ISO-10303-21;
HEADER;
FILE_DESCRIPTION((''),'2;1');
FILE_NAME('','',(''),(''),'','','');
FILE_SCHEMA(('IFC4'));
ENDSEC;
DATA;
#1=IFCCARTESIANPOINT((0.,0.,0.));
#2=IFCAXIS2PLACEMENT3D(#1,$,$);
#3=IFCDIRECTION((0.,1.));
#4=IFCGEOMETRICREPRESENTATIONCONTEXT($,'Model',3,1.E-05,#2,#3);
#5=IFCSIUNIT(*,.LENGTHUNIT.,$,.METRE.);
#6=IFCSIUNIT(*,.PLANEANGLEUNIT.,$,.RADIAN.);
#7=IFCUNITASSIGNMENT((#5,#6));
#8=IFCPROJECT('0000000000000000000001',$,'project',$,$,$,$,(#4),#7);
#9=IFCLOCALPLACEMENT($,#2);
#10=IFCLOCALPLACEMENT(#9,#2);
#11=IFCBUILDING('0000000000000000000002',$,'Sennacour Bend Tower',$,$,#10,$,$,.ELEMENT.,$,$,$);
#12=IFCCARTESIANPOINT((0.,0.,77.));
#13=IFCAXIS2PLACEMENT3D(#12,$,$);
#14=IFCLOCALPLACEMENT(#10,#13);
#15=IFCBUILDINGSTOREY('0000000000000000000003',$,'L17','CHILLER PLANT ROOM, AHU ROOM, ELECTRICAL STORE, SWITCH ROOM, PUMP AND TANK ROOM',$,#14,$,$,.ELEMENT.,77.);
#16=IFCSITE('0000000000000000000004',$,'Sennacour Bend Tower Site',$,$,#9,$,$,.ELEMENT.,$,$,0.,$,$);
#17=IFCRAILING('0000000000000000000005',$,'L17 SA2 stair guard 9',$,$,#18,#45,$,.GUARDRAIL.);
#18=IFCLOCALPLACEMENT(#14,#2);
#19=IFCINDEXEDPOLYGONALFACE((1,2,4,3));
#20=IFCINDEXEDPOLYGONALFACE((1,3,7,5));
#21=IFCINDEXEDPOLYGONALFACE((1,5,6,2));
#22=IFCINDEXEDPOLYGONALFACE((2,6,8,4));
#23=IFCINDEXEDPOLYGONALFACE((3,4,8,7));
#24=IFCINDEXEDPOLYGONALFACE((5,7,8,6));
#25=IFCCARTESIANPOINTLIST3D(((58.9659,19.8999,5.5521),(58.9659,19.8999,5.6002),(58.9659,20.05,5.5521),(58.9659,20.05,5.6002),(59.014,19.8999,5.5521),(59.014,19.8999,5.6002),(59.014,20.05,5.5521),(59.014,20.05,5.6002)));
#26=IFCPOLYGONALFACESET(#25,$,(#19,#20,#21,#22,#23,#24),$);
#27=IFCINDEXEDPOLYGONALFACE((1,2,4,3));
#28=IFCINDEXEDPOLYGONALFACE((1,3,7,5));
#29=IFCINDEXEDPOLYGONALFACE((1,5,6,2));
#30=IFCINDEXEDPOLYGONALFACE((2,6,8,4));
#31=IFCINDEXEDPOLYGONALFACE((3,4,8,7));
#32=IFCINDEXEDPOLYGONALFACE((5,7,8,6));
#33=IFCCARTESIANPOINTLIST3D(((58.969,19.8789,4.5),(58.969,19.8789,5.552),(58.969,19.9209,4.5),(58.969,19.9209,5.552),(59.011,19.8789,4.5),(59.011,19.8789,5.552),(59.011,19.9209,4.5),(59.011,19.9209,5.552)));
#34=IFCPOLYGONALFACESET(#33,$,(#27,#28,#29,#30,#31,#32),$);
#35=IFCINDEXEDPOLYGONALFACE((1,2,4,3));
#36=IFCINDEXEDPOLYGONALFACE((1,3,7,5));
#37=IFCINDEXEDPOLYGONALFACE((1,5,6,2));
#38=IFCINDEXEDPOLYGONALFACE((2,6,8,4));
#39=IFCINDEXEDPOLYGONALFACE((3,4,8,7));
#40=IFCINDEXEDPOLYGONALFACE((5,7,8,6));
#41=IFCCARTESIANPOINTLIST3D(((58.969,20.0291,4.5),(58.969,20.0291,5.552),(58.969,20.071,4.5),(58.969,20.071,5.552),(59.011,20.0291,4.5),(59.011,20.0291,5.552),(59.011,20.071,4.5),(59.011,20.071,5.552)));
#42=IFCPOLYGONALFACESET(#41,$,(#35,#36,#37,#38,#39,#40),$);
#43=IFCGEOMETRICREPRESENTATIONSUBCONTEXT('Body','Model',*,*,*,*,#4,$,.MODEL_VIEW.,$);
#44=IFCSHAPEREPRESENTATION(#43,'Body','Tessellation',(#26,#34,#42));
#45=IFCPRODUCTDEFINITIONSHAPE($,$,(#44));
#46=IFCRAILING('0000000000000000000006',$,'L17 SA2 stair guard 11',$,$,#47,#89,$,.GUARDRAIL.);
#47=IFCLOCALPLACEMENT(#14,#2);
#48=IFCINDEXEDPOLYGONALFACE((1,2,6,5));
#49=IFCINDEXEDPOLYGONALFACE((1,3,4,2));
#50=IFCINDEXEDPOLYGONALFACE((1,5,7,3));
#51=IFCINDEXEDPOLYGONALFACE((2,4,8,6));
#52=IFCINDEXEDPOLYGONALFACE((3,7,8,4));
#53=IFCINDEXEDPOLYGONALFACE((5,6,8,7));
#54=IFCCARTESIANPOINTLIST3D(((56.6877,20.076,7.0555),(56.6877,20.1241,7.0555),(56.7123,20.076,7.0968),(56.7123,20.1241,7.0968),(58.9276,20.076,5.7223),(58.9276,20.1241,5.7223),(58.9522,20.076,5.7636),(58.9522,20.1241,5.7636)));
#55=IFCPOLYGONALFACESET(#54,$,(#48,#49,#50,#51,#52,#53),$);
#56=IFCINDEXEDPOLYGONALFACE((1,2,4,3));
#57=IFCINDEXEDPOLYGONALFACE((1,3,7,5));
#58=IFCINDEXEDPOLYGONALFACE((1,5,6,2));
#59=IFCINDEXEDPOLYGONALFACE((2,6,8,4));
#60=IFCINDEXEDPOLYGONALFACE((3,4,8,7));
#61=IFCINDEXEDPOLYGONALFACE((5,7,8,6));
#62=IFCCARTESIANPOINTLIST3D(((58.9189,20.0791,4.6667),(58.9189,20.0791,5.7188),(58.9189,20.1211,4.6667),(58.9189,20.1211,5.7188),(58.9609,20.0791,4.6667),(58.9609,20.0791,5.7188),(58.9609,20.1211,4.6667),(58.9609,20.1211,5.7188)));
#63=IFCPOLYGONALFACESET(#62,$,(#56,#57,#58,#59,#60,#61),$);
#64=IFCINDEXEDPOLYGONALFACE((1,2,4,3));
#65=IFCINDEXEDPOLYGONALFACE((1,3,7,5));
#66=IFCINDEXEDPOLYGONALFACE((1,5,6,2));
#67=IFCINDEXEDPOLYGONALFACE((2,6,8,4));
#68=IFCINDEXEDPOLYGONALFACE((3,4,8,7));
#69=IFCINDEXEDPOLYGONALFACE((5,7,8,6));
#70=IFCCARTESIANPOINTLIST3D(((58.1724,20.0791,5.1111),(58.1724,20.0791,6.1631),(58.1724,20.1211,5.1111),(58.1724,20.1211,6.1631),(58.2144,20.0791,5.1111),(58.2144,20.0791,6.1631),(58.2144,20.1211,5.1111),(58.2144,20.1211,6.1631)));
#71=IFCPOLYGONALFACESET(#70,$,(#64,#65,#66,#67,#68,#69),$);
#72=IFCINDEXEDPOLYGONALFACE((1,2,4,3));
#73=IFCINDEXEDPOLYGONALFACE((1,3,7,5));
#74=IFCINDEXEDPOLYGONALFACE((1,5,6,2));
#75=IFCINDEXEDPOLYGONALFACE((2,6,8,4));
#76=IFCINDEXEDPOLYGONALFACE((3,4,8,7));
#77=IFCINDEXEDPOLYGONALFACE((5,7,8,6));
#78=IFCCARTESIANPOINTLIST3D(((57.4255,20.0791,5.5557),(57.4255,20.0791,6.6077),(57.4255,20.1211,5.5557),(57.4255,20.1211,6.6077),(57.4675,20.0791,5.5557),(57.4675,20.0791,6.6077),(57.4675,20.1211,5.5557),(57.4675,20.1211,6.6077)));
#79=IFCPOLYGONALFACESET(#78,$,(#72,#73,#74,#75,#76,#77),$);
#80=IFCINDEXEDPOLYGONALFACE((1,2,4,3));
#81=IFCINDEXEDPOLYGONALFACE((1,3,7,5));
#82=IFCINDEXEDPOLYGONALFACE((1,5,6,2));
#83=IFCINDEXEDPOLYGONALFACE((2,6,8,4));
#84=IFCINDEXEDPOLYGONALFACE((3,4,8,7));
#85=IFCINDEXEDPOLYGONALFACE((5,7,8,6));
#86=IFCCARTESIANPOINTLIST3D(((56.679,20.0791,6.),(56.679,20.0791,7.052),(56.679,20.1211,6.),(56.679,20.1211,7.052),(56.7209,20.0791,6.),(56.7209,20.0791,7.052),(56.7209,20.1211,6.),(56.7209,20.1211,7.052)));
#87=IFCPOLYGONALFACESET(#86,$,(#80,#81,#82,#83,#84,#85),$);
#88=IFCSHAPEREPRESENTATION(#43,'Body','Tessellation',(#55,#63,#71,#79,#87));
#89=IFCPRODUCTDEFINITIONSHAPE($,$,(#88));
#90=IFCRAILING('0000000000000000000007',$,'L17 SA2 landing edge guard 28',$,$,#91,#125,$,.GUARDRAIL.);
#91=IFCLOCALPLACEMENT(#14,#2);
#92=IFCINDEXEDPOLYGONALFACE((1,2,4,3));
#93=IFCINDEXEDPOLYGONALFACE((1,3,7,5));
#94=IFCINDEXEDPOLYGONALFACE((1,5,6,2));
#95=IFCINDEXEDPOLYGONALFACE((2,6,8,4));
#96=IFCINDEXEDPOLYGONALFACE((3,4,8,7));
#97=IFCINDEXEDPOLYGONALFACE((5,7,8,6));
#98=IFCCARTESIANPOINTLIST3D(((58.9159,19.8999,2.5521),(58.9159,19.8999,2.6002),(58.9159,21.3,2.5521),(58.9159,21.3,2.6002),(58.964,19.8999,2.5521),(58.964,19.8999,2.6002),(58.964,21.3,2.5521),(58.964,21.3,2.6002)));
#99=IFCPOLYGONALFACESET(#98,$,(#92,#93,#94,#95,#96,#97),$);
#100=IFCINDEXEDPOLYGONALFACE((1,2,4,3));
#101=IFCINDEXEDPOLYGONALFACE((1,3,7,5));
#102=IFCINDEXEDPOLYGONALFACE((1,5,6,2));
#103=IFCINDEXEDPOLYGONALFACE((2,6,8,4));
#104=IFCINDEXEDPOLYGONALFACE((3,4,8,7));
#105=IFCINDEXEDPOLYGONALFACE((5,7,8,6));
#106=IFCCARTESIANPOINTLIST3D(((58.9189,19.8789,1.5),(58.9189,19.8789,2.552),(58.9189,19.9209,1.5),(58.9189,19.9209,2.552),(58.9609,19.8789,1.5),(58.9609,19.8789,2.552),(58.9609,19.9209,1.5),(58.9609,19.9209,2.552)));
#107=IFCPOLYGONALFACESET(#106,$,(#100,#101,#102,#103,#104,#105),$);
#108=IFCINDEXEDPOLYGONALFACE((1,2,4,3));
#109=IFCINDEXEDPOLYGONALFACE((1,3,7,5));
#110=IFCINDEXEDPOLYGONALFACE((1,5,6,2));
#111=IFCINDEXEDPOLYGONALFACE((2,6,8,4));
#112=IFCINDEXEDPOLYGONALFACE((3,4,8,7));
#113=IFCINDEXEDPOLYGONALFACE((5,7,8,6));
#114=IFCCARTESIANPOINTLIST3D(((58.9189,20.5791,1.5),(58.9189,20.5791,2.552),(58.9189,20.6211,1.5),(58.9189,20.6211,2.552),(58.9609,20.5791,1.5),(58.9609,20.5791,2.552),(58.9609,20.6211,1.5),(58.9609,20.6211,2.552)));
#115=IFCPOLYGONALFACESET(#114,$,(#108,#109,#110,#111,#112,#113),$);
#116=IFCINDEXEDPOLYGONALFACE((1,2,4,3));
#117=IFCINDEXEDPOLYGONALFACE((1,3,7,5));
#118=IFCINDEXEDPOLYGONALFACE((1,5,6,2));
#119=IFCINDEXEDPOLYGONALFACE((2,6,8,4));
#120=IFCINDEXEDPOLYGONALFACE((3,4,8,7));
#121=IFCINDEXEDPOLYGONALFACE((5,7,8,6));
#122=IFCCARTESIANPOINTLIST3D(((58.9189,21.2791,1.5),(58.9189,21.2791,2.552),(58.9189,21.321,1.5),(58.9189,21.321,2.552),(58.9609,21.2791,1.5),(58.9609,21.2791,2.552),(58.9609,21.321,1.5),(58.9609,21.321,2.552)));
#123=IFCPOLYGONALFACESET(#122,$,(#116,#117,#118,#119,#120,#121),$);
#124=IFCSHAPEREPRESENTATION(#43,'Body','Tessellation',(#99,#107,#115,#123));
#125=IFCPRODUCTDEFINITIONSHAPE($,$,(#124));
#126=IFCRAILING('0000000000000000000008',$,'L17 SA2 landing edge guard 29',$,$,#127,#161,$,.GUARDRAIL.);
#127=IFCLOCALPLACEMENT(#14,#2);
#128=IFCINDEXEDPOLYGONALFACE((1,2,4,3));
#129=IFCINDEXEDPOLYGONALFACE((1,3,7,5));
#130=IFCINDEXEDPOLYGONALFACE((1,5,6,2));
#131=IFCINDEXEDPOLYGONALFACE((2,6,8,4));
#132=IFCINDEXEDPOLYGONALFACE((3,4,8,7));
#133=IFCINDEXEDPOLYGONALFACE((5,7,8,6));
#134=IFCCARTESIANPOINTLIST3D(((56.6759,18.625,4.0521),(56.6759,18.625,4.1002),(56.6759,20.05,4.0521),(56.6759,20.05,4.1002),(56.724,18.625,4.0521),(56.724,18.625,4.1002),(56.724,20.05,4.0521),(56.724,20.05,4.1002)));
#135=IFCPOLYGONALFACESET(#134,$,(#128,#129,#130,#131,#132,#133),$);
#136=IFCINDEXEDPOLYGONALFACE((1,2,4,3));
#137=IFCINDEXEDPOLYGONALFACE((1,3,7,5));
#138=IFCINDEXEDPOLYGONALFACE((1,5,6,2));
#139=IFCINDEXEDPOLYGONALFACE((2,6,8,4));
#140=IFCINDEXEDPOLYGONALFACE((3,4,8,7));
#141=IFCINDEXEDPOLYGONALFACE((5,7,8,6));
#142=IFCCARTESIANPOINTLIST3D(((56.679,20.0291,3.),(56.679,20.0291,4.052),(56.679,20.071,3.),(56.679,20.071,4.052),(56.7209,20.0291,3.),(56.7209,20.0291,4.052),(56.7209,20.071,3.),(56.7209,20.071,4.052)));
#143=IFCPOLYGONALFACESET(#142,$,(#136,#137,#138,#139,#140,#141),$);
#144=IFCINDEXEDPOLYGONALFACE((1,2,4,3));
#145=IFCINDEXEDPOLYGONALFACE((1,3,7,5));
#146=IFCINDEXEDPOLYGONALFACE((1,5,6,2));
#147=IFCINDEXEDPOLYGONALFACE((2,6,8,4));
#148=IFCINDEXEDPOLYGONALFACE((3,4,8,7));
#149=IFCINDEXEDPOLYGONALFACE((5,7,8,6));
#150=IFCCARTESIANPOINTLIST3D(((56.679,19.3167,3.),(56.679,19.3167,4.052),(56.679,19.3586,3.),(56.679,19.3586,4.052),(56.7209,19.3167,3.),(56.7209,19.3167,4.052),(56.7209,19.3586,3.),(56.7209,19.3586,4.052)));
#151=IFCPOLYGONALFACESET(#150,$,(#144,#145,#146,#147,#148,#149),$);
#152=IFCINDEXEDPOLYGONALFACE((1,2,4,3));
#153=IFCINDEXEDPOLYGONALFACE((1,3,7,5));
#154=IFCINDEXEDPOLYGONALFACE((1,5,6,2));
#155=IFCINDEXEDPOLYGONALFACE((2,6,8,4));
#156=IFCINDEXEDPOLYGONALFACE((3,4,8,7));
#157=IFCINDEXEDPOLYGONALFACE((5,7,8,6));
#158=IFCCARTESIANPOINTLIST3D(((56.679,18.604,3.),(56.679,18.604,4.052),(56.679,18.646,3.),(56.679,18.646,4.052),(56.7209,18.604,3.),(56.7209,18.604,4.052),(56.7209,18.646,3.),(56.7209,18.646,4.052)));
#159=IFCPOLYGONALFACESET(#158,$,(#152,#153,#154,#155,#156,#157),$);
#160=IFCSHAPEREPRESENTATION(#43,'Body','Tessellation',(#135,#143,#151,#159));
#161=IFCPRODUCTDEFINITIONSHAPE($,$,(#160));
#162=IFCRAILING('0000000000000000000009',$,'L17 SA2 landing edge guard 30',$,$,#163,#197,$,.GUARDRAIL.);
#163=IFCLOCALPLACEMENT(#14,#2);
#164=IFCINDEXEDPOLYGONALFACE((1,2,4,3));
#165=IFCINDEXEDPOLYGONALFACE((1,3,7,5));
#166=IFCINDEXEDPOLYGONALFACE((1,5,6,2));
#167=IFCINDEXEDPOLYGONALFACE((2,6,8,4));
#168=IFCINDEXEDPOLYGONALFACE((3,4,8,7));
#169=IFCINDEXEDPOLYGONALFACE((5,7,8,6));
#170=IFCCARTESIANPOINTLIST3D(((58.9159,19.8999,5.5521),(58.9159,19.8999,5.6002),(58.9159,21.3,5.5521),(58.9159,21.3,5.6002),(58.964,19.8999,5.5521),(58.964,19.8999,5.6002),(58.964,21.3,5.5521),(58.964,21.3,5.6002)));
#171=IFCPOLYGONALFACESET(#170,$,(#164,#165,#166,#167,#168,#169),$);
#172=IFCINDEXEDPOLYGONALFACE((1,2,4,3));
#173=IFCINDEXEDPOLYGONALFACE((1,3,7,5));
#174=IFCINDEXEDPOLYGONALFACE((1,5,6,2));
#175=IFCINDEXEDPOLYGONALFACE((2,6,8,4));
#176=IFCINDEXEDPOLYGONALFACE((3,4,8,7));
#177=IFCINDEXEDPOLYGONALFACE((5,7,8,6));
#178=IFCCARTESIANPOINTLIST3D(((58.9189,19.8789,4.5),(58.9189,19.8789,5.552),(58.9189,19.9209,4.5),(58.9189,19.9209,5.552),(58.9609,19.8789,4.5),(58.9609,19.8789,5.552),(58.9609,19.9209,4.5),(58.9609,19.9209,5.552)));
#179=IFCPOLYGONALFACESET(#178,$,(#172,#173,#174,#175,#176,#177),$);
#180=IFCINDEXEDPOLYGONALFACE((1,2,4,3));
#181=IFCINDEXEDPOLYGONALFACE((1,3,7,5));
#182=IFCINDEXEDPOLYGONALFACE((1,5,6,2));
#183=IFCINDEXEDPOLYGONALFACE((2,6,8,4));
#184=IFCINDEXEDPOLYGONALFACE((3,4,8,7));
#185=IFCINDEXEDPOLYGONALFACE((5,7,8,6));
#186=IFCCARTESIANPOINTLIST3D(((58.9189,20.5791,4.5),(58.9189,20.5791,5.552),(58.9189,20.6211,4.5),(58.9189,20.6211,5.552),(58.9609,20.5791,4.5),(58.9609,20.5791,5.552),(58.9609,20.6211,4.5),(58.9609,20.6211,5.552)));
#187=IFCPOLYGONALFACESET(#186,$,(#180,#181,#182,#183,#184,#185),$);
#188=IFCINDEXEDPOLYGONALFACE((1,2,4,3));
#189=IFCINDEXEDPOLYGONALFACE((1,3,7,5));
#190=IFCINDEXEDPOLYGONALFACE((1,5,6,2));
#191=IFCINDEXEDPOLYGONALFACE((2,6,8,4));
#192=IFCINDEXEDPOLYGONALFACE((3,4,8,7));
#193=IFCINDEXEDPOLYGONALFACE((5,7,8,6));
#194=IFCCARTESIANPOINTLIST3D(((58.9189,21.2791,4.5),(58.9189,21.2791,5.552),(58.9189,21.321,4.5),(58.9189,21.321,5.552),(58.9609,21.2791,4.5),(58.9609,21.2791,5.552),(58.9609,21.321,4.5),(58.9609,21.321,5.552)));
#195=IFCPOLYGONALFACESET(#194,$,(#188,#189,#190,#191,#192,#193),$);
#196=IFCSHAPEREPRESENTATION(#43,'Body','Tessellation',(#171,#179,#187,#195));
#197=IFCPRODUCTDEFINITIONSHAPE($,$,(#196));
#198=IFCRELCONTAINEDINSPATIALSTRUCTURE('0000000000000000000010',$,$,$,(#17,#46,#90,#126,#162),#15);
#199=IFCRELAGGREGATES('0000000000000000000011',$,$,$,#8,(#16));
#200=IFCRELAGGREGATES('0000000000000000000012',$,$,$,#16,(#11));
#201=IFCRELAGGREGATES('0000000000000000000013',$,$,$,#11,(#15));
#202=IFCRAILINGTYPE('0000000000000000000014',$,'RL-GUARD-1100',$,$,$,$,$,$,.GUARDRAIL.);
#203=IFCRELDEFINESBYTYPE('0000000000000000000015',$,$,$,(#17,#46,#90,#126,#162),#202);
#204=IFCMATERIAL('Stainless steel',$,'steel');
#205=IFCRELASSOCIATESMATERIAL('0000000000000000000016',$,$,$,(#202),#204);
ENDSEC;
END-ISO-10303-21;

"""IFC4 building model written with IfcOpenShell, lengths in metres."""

from ifc_helpers import new_model, si_unit, direction, frame, origin, origin_2d, place, context, subcontext, project, spatial, rectangle, extrude, material, type_object, element, save


model = new_model("IFC4")

# Units and contexts
model_context = context("Model", 3, precision=1e-05, world=origin(), true_north=direction((0.0, 1.0)))
body_context = subcontext(model_context, "Body", "Model", "MODEL_VIEW")
ifc_project = project(units=[si_unit("LENGTHUNIT", "METRE"), si_unit("PLANEANGLEUNIT", "RADIAN")], contexts=[model_context])

# Site, building, storey
site_placement = place(None, origin())
site = spatial("IfcSite", under=ifc_project, at=site_placement, Name="Sennacour Bend Tower Site", CompositionType="ELEMENT", RefElevation=0.0)
building_placement = place(site_placement, origin())
building = spatial("IfcBuilding", under=site, at=building_placement, Name="Sennacour Bend Tower", CompositionType="ELEMENT")
storey_placement = place(building_placement, frame((0.0, 0.0, 77.0)))
storey = spatial("IfcBuildingStorey", under=building, at=storey_placement, Name="L17", Description="CHILLER PLANT ROOM, AHU ROOM, ELECTRICAL STORE, SWITCH ROOM, PUMP AND TANK ROOM", CompositionType="ELEMENT", Elevation=77.0)

# Railings
ifc_material_1 = material(Name="Stainless steel", Category="steel")
railing_type_1 = type_object("IfcRailingType", Name="RL-GUARD-1100", PredefinedType="GUARDRAIL", material=ifc_material_1)
railing_1_placement = place(storey_placement, frame((58.99, 19.8999, 4.5)))
element("IfcRailing", 1, at=railing_1_placement, inside=storey, type_object=railing_type_1, Name="L17 SA2 stair guard 9", PredefinedType="GUARDRAIL", context=body_context, shape_type="SweptSolid", body=[
    extrude(rectangle(XDim=0.0481, YDim=0.0481, at=origin_2d()), frame((0.0, 0.0, 1.0762), z_axis=(0.0, 1.0, 0.0), x_axis=(-1.0, 0.0, 0.0)), (0.0, 0.0, 1.0), 0.1501),
    extrude(rectangle(XDim=0.042, YDim=0.042, at=origin_2d()), origin(), (0.0, 0.0, 1.0), 1.052),
    extrude(rectangle(XDim=0.042, YDim=0.042, at=origin_2d()), frame((0.0, 0.1501, 0.0)), (0.0, 0.0, 1.0), 1.052),
])
railing_2_placement = place(storey_placement, frame((58.9399, 20.1001, 4.6667)))
element("IfcRailing", 2, at=railing_2_placement, inside=storey, type_object=railing_type_1, Name="L17 SA2 stair guard 11", PredefinedType="GUARDRAIL", context=body_context, shape_type="SweptSolid", body=[
    extrude(rectangle(XDim=0.0481, YDim=0.0481, at=origin_2d()), frame((0.0, 0.0, 1.0762), z_axis=(-0.859306, 0.0, 0.511462), x_axis=(0.0, -1.0, 0.0)), (0.0, 0.0, 1.0), 2.6067),
    extrude(rectangle(XDim=0.042, YDim=0.042, at=origin_2d()), origin(), (0.0, 0.0, 1.0), 1.052),
    extrude(rectangle(XDim=0.042, YDim=0.042, at=origin_2d()), frame((-0.7466, 0.0, 0.4443)), (0.0, 0.0, 1.0), 1.052),
    extrude(rectangle(XDim=0.042, YDim=0.042, at=origin_2d()), frame((-1.4934, 0.0, 0.8889)), (0.0, 0.0, 1.0), 1.052),
    extrude(rectangle(XDim=0.042, YDim=0.042, at=origin_2d()), frame((-2.24, 0.0, 1.3333)), (0.0, 0.0, 1.0), 1.052),
])
railing_3_placement = place(storey_placement, frame((58.9399, 19.8999, 1.5)))
element("IfcRailing", 3, at=railing_3_placement, inside=storey, type_object=railing_type_1, Name="L17 SA2 landing edge guard 28", PredefinedType="GUARDRAIL", context=body_context, shape_type="SweptSolid", body=[
    extrude(rectangle(XDim=0.0481, YDim=0.0481, at=origin_2d()), frame((0.0, 0.0, 1.0762), z_axis=(0.0, 1.0, 0.0), x_axis=(-1.0, 0.0, 0.0)), (0.0, 0.0, 1.0), 1.4001),
    extrude(rectangle(XDim=0.042, YDim=0.042, at=origin_2d()), origin(), (0.0, 0.0, 1.0), 1.052),
    extrude(rectangle(XDim=0.042, YDim=0.042, at=origin_2d()), frame((0.0, 0.7002, 0.0)), (0.0, 0.0, 1.0), 1.052),
    extrude(rectangle(XDim=0.042, YDim=0.042, at=origin_2d()), frame((0.0, 1.4001, 0.0)), (0.0, 0.0, 1.0), 1.052),
])
railing_4_placement = place(storey_placement, frame((56.7, 20.05, 3.0)))
element("IfcRailing", 4, at=railing_4_placement, inside=storey, type_object=railing_type_1, Name="L17 SA2 landing edge guard 29", PredefinedType="GUARDRAIL", context=body_context, shape_type="SweptSolid", body=[
    extrude(rectangle(XDim=0.0481, YDim=0.0481, at=origin_2d()), frame((0.0, 0.0, 1.0762), z_axis=(0.0, -1.0, 0.0), x_axis=(1.0, 0.0, 0.0)), (0.0, 0.0, 1.0), 1.425),
    extrude(rectangle(XDim=0.042, YDim=0.042, at=origin_2d()), origin(), (0.0, 0.0, 1.0), 1.052),
    extrude(rectangle(XDim=0.042, YDim=0.042, at=origin_2d()), frame((0.0, -0.7124, 0.0)), (0.0, 0.0, 1.0), 1.052),
    extrude(rectangle(XDim=0.042, YDim=0.042, at=origin_2d()), frame((0.0, -1.425, 0.0)), (0.0, 0.0, 1.0), 1.052),
])
railing_5_placement = place(storey_placement, frame((58.9399, 19.8999, 4.5)))
element("IfcRailing", 5, at=railing_5_placement, inside=storey, type_object=railing_type_1, Name="L17 SA2 landing edge guard 30", PredefinedType="GUARDRAIL", context=body_context, shape_type="SweptSolid", body=[
    extrude(rectangle(XDim=0.0481, YDim=0.0481, at=origin_2d()), frame((0.0, 0.0, 1.0762), z_axis=(0.0, 1.0, 0.0), x_axis=(-1.0, 0.0, 0.0)), (0.0, 0.0, 1.0), 1.4001),
    extrude(rectangle(XDim=0.042, YDim=0.042, at=origin_2d()), origin(), (0.0, 0.0, 1.0), 1.052),
    extrude(rectangle(XDim=0.042, YDim=0.042, at=origin_2d()), frame((0.0, 0.7002, 0.0)), (0.0, 0.0, 1.0), 1.052),
    extrude(rectangle(XDim=0.042, YDim=0.042, at=origin_2d()), frame((0.0, 1.4001, 0.0)), (0.0, 0.0, 1.0), 1.052),
])

save(model, "model.ifc")
